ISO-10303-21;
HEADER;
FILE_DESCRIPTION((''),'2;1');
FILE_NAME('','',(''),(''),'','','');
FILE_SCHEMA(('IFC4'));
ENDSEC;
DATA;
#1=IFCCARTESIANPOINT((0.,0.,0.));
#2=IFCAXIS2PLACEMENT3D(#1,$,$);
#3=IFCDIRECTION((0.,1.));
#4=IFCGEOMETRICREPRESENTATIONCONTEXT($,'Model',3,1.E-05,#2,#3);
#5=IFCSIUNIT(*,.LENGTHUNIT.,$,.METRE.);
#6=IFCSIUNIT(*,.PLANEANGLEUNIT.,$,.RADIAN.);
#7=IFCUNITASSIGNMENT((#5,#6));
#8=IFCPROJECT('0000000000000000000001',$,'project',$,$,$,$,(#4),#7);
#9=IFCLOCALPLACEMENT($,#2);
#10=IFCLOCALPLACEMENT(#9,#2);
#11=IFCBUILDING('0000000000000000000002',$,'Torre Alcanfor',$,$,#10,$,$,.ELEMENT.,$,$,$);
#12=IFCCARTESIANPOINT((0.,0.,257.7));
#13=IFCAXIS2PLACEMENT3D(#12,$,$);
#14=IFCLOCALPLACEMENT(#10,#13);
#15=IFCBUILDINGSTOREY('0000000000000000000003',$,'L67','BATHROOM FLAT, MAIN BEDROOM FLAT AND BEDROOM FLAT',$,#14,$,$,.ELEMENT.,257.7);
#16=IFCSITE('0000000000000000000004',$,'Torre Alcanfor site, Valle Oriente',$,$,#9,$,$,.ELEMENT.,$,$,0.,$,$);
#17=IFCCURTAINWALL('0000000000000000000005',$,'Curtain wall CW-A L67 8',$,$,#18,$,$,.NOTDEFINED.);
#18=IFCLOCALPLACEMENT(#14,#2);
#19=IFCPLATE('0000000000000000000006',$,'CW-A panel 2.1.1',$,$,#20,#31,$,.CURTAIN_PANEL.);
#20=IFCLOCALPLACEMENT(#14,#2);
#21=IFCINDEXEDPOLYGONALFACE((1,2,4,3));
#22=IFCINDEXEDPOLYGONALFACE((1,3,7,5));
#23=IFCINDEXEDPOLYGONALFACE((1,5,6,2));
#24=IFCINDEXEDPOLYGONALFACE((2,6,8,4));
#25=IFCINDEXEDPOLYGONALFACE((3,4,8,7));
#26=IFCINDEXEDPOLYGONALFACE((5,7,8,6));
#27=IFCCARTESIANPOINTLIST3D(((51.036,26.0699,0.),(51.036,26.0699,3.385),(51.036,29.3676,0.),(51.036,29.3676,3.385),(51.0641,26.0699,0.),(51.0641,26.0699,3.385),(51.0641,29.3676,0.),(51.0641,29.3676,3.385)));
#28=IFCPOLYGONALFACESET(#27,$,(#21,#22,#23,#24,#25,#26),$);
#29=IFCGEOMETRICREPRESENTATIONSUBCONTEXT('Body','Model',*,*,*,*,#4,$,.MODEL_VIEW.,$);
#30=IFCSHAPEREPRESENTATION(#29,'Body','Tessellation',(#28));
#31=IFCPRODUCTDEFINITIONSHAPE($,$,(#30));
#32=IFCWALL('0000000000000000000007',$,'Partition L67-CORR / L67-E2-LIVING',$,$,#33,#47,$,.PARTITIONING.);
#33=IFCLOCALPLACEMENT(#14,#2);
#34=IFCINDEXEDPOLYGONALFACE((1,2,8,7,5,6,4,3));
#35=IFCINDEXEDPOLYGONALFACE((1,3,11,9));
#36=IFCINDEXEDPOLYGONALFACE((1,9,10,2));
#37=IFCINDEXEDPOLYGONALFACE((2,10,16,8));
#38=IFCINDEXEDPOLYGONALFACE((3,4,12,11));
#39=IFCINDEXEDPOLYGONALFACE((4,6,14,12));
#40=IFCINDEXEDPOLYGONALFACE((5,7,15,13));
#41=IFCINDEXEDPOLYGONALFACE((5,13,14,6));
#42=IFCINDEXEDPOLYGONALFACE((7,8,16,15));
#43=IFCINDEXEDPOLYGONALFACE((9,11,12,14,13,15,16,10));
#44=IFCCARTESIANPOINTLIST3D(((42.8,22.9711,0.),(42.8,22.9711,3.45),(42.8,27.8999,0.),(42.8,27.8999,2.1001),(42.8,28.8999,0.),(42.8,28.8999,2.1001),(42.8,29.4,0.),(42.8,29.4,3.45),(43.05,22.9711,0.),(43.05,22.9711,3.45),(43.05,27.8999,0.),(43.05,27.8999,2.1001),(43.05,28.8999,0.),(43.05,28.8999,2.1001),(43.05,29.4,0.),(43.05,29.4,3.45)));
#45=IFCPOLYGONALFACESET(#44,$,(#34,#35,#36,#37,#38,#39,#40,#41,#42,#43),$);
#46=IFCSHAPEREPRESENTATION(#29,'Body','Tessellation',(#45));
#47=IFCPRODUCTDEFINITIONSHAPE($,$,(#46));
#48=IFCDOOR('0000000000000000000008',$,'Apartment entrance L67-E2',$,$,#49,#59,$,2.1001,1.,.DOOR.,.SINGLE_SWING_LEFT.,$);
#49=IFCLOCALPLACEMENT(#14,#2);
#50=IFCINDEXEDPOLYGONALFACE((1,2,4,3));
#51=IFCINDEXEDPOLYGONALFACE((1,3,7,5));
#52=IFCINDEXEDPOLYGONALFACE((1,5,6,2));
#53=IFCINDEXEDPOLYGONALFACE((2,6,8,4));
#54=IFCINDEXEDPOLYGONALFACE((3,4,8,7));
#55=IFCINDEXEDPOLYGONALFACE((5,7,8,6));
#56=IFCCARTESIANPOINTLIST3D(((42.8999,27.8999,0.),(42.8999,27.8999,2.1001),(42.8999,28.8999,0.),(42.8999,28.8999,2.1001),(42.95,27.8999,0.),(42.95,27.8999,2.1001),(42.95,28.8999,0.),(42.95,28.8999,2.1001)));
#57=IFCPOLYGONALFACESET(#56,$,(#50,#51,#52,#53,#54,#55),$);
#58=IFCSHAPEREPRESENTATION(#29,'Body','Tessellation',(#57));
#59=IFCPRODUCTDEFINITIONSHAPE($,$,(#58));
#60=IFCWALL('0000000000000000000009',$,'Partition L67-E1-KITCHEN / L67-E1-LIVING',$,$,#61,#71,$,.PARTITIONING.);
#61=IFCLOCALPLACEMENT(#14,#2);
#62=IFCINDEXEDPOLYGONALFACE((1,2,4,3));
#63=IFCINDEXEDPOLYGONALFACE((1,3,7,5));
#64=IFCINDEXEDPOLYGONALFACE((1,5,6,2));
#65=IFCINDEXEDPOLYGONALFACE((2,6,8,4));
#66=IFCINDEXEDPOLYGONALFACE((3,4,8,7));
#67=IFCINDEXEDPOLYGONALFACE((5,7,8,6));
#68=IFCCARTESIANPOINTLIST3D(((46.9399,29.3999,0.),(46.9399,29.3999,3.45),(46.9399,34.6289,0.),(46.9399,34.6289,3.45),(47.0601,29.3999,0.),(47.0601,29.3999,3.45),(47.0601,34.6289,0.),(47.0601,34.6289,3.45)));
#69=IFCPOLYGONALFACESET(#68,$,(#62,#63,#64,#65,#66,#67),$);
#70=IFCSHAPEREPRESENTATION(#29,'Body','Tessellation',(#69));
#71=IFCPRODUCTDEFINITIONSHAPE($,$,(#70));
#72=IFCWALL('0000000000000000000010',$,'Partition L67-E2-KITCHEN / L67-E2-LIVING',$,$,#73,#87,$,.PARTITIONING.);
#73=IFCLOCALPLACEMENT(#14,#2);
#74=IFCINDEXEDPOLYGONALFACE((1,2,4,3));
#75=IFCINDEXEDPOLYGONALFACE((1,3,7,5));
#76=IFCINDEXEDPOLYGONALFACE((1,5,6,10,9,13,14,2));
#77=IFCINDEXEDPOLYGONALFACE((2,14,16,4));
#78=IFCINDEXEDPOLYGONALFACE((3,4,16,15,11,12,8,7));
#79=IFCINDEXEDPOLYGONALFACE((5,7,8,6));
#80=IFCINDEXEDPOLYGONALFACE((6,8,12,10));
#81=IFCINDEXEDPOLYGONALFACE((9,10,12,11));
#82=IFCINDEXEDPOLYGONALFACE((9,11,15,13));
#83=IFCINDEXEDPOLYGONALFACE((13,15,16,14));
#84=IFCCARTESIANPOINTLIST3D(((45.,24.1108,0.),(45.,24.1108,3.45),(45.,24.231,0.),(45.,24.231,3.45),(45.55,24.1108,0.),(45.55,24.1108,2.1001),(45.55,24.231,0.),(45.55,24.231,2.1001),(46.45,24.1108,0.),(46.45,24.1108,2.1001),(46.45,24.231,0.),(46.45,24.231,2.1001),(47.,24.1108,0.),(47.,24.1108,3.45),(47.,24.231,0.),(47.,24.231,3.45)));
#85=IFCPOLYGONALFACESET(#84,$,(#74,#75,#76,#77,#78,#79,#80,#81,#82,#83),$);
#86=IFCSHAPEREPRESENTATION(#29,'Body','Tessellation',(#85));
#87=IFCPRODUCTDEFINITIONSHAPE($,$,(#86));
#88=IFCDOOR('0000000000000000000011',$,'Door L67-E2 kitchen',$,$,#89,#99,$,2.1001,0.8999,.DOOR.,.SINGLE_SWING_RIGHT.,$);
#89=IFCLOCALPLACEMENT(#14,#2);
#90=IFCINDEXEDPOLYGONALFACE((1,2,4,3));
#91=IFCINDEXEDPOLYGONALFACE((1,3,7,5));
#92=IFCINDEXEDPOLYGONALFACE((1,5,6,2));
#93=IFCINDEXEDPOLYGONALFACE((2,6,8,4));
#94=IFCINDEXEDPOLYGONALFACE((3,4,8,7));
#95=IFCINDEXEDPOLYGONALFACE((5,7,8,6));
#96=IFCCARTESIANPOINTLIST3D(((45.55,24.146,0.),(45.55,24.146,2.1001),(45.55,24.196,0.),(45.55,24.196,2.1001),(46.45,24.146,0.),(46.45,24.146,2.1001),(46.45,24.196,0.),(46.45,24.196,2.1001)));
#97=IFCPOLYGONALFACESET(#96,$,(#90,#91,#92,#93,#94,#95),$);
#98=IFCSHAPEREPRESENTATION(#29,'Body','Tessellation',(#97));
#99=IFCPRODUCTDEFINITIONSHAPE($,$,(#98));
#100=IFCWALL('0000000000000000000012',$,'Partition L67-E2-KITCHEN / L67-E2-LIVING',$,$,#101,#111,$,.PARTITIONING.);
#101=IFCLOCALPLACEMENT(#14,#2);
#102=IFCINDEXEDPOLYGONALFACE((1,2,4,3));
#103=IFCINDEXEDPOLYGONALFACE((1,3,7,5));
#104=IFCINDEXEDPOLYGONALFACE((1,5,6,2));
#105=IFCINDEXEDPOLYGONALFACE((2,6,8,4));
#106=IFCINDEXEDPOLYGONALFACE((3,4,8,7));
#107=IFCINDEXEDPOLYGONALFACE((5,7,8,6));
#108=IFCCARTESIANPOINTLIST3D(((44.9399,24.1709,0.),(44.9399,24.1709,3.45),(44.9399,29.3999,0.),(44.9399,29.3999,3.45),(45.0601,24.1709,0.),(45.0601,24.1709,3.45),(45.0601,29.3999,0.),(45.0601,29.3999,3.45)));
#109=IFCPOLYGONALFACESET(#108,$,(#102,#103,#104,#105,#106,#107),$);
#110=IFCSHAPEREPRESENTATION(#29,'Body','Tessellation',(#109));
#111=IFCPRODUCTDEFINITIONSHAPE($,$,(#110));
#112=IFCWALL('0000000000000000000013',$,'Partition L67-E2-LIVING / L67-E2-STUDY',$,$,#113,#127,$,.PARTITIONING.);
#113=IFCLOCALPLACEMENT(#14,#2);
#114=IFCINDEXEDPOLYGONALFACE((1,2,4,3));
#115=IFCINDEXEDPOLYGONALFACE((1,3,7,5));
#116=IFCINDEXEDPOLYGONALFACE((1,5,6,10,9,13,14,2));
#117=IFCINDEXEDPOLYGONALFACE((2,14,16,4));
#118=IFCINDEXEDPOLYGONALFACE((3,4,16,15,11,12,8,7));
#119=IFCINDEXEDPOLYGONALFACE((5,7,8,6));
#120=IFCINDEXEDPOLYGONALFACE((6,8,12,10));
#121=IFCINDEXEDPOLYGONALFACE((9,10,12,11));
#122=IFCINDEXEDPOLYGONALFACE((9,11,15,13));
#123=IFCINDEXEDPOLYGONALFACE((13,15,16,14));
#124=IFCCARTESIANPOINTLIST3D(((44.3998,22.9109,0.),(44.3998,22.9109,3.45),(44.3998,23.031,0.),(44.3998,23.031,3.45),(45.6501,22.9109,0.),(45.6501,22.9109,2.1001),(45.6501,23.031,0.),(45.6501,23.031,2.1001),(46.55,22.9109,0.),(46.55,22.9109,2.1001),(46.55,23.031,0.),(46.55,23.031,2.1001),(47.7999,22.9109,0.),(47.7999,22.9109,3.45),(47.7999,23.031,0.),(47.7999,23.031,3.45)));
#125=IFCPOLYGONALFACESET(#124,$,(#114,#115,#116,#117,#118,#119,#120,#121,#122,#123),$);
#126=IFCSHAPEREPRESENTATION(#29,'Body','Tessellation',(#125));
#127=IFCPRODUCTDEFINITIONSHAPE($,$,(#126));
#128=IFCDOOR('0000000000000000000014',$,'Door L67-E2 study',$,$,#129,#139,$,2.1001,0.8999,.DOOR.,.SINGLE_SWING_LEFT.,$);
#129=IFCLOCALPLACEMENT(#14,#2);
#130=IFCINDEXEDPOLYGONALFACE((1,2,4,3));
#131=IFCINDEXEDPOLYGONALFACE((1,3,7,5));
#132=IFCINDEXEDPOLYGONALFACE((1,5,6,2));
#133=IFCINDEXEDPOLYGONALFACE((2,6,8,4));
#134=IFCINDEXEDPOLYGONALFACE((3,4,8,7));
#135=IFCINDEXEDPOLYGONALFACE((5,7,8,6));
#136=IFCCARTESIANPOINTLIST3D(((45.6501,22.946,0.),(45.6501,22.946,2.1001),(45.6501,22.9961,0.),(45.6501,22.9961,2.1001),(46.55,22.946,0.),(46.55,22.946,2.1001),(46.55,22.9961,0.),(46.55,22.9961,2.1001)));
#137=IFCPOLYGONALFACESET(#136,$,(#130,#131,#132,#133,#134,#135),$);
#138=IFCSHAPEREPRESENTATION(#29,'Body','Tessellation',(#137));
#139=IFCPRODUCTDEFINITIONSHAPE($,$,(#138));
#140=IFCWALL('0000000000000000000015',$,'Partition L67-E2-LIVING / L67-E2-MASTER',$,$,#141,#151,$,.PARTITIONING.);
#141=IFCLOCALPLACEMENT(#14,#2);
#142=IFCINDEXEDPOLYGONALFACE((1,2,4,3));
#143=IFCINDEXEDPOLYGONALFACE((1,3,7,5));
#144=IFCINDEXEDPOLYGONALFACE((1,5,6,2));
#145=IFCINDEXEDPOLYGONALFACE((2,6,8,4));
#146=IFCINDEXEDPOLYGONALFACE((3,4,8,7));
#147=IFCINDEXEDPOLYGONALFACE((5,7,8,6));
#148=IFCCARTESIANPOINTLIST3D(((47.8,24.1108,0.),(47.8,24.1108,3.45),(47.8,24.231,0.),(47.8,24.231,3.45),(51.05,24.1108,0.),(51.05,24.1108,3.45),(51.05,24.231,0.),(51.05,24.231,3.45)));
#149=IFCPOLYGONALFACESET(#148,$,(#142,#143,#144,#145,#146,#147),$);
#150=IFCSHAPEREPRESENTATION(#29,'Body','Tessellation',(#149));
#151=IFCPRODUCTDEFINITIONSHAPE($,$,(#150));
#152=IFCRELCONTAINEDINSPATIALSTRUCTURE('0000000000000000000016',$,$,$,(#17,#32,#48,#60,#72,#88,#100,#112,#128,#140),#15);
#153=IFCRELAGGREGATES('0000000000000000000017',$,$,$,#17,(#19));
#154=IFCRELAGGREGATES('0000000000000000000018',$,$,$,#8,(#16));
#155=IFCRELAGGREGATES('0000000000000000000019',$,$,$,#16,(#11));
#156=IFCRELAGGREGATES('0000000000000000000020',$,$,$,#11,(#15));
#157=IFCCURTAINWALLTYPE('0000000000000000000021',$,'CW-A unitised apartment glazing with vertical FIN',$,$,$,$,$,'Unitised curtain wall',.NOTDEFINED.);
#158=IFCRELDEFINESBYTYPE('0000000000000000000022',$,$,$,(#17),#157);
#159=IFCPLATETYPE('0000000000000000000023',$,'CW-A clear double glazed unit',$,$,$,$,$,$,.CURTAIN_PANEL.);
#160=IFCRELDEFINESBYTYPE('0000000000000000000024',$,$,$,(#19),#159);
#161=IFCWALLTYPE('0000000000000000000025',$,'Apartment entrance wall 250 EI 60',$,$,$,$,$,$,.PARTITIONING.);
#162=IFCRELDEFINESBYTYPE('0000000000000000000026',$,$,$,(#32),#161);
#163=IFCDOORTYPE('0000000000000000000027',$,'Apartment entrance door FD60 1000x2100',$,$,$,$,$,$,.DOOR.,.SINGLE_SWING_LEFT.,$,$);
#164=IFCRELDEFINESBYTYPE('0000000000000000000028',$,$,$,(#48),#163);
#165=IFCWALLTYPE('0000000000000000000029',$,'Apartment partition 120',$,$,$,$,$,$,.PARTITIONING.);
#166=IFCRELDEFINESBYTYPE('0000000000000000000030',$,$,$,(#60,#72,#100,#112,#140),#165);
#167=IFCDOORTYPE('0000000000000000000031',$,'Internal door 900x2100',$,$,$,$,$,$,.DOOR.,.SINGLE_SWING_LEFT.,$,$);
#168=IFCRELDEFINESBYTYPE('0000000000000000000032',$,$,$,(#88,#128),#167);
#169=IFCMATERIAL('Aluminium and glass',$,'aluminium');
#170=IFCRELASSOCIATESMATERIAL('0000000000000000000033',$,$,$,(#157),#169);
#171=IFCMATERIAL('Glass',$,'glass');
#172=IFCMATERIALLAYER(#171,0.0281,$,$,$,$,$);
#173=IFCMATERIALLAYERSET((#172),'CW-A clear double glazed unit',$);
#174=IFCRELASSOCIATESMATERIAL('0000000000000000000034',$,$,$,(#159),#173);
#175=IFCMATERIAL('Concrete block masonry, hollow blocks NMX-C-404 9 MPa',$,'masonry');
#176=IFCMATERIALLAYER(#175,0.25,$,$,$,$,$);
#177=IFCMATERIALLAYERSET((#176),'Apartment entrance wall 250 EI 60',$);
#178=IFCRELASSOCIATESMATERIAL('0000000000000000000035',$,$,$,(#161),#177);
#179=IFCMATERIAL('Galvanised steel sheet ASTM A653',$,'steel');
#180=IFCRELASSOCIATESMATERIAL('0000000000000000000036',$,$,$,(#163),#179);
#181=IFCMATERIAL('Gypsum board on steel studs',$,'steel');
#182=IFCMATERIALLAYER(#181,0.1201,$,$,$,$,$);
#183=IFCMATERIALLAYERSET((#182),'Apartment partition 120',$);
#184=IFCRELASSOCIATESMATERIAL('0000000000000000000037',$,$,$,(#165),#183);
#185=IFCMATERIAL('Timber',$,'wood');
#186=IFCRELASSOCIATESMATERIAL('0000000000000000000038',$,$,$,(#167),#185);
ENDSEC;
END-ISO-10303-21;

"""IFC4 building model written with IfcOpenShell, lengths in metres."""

from ifc_helpers import new_model, si_unit, direction, frame, frame_2d, origin, origin_2d, place, context, subcontext, project, spatial, rectangle, extrude, material, layer, layer_set, type_object, element, fill, aggregate, save


model = new_model("IFC4")

# Units and contexts
model_context = context("Model", 3, precision=1e-05, world=origin(), true_north=direction((0.0, 1.0)))
body_context = subcontext(model_context, "Body", "Model", "MODEL_VIEW")
ifc_project = project(units=[si_unit("LENGTHUNIT", "METRE"), si_unit("PLANEANGLEUNIT", "RADIAN")], contexts=[model_context])

# Site, building, storey
site_placement = place(None, origin())
site = spatial("IfcSite", under=ifc_project, at=site_placement, Name="Torre Alcanfor site, Valle Oriente", CompositionType="ELEMENT", RefElevation=0.0)
building_placement = place(site_placement, origin())
building = spatial("IfcBuilding", under=site, at=building_placement, Name="Torre Alcanfor", CompositionType="ELEMENT")
storey_placement = place(building_placement, frame((0.0, 0.0, 257.7)))
storey = spatial("IfcBuildingStorey", under=building, at=storey_placement, Name="L67", Description="BATHROOM FLAT, MAIN BEDROOM FLAT AND BEDROOM FLAT", CompositionType="ELEMENT", Elevation=257.7)

# Curtain wall
ifc_material_1 = material(Name="Aluminium and glass", Category="aluminium")
curtain_wall_type = type_object("IfcCurtainWallType", Name="CW-A unitised apartment glazing with vertical FIN", ElementType="Unitised curtain wall", PredefinedType="NOTDEFINED", material=ifc_material_1)
curtain_wall_placement = place(storey_placement, origin())
curtain_wall = element("IfcCurtainWall", 1, at=curtain_wall_placement, inside=storey, type_object=curtain_wall_type, Name="Curtain wall CW-A L67 8", PredefinedType="NOTDEFINED")

# Plate
ifc_material_2 = material(Name="Glass", Category="glass")
ifc_layer_1 = layer(ifc_material_2, 0.0281)
ifc_layer_set_1 = layer_set([ifc_layer_1], Name="CW-A clear double glazed unit")
plate_type = type_object("IfcPlateType", Name="CW-A clear double glazed unit", PredefinedType="CURTAIN_PANEL", material=ifc_layer_set_1)
plate_placement = place(storey_placement, frame((51.05, 27.7188, 0.0), z_axis=(0.0, 0.0, 1.0), x_axis=(0.0, 1.0, 0.0)))
plate = element("IfcPlate", 2, at=plate_placement, type_object=plate_type, Name="CW-A panel 2.1.1", PredefinedType="CURTAIN_PANEL", context=body_context, shape_type="SweptSolid", body=[
    extrude(rectangle(XDim=3.2976, YDim=0.0281, at=origin_2d()), origin(), (0.0, 0.0, 1.0), 3.385),
])
aggregate(curtain_wall, [plate])

# Wall, opening, door
ifc_material_3 = material(Name="Concrete block masonry, hollow blocks NMX-C-404 9 MPa", Category="masonry")
ifc_layer_2 = layer(ifc_material_3, 0.25)
ifc_layer_set_2 = layer_set([ifc_layer_2], Name="Apartment entrance wall 250 EI 60")
wall_type_1 = type_object("IfcWallType", Name="Apartment entrance wall 250 EI 60", PredefinedType="PARTITIONING", material=ifc_layer_set_2)
wall_1_placement = place(storey_placement, frame((42.925, 29.3999, 0.0), z_axis=(0.0, 0.0, 1.0), x_axis=(0.0, -1.0, 0.0)))
wall_1 = element("IfcWall", 3, at=wall_1_placement, inside=storey, type_object=wall_type_1, Name="Partition L67-CORR / L67-E2-LIVING", PredefinedType="PARTITIONING", context=body_context, shape_type="SweptSolid", body=[
    extrude(rectangle(XDim=6.429, YDim=0.25, at=frame_2d((3.2144, 0.0))), origin(), (0.0, 0.0, 1.0), 3.45),
])
opening_1_placement = place(wall_1_placement, frame((0.5, 0.0, 0.0)))
opening_1 = element("IfcOpeningElement", 4, at=opening_1_placement, cuts=wall_1, PredefinedType="OPENING", context=body_context, shape_type="SweptSolid", body=[
    extrude(rectangle(XDim=1.0, YDim=2.1001, at=frame_2d((0.5, 1.05))), frame((0.0, 0.135, 0.0), z_axis=(0.0, -1.0, 0.0), x_axis=(1.0, 0.0, 0.0)), (0.0, 0.0, 1.0), 0.27),
])
ifc_material_4 = material(Name="Galvanised steel sheet ASTM A653", Category="steel")
door_type_1 = type_object("IfcDoorType", Name="Apartment entrance door FD60 1000x2100", OperationType="SINGLE_SWING_LEFT", PredefinedType="DOOR", material=ifc_material_4)
door_1_placement = place(opening_1_placement, origin())
door_1 = element("IfcDoor", 5, at=door_1_placement, inside=storey, type_object=door_type_1, Name="Apartment entrance L67-E2", OperationType="SINGLE_SWING_LEFT", OverallHeight=2.1001, OverallWidth=1.0, PredefinedType="DOOR", context=body_context, shape_type="SweptSolid", body=[
    extrude(rectangle(XDim=1.0, YDim=2.1001, at=frame_2d((0.5, 1.05))), frame((0.0, 0.0249, 0.0), z_axis=(0.0, -1.0, 0.0), x_axis=(1.0, 0.0, 0.0)), (0.0, 0.0, 1.0), 0.05),
])
fill(opening_1, door_1)

# Wall
ifc_material_5 = material(Name="Gypsum board on steel studs", Category="steel")
ifc_layer_3 = layer(ifc_material_5, 0.1201)
ifc_layer_set_3 = layer_set([ifc_layer_3], Name="Apartment partition 120")
wall_type_2 = type_object("IfcWallType", Name="Apartment partition 120", PredefinedType="PARTITIONING", material=ifc_layer_set_3)
wall_2_placement = place(storey_placement, frame((47.0, 29.3999, 0.0), z_axis=(0.0, 0.0, 1.0), x_axis=(0.0, 1.0, 0.0)))
element("IfcWall", 6, at=wall_2_placement, inside=storey, type_object=wall_type_2, Name="Partition L67-E1-KITCHEN / L67-E1-LIVING", PredefinedType="PARTITIONING", context=body_context, shape_type="SweptSolid", body=[
    extrude(rectangle(XDim=5.229, YDim=0.1201, at=frame_2d((2.6145, 0.0))), origin(), (0.0, 0.0, 1.0), 3.45),
])

# Wall, opening, door
wall_3_placement = place(storey_placement, frame((47.0, 24.1709, 0.0), z_axis=(0.0, 0.0, 1.0), x_axis=(-1.0, 0.0, 0.0)))
wall_3 = element("IfcWall", 7, at=wall_3_placement, inside=storey, type_object=wall_type_2, Name="Partition L67-E2-KITCHEN / L67-E2-LIVING", PredefinedType="PARTITIONING", context=body_context, shape_type="SweptSolid", body=[
    extrude(rectangle(XDim=2.0, YDim=0.1201, at=frame_2d((1.0, 0.0))), origin(), (0.0, 0.0, 1.0), 3.45),
])
opening_2_placement = place(wall_3_placement, frame((0.55, 0.0, 0.0)))
opening_2 = element("IfcOpeningElement", 8, at=opening_2_placement, cuts=wall_3, PredefinedType="OPENING", context=body_context, shape_type="SweptSolid", body=[
    extrude(rectangle(XDim=0.8999, YDim=2.1001, at=frame_2d((0.45, 1.05))), frame((0.0, 0.0701, 0.0), z_axis=(0.0, -1.0, 0.0), x_axis=(1.0, 0.0, 0.0)), (0.0, 0.0, 1.0), 0.1401),
])
ifc_material_6 = material(Name="Timber", Category="wood")
door_type_2 = type_object("IfcDoorType", Name="Internal door 900x2100", OperationType="SINGLE_SWING_LEFT", PredefinedType="DOOR", material=ifc_material_6)
door_2_placement = place(opening_2_placement, frame((0.8999, 0.0, 0.0), z_axis=(0.0, 0.0, 1.0), x_axis=(-1.0, 0.0, 0.0)))
door_2 = element("IfcDoor", 9, at=door_2_placement, inside=storey, type_object=door_type_2, Name="Door L67-E2 kitchen", OperationType="SINGLE_SWING_RIGHT", OverallHeight=2.1001, OverallWidth=0.8999, PredefinedType="DOOR", context=body_context, shape_type="SweptSolid", body=[
    extrude(rectangle(XDim=0.8999, YDim=2.1001, at=frame_2d((0.45, 1.05))), frame((0.0, 0.0251, 0.0), z_axis=(0.0, -1.0, 0.0), x_axis=(1.0, 0.0, 0.0)), (0.0, 0.0, 1.0), 0.05),
])
fill(opening_2, door_2)

# Wall
wall_4_placement = place(storey_placement, frame((45.0, 24.1709, 0.0), z_axis=(0.0, 0.0, 1.0), x_axis=(0.0, 1.0, 0.0)))
element("IfcWall", 10, at=wall_4_placement, inside=storey, type_object=wall_type_2, Name="Partition L67-E2-KITCHEN / L67-E2-LIVING", PredefinedType="PARTITIONING", context=body_context, shape_type="SweptSolid", body=[
    extrude(rectangle(XDim=5.229, YDim=0.1201, at=frame_2d((2.6145, 0.0))), origin(), (0.0, 0.0, 1.0), 3.45),
])

# Wall, opening, door
wall_5_placement = place(storey_placement, frame((47.8, 22.9709, 0.0), z_axis=(0.0, 0.0, 1.0), x_axis=(-1.0, 0.0, 0.0)))
wall_5 = element("IfcWall", 11, at=wall_5_placement, inside=storey, type_object=wall_type_2, Name="Partition L67-E2-LIVING / L67-E2-STUDY", PredefinedType="PARTITIONING", context=body_context, shape_type="SweptSolid", body=[
    extrude(rectangle(XDim=3.4001, YDim=0.1201, at=frame_2d((1.7002, 0.0))), origin(), (0.0, 0.0, 1.0), 3.45),
])
opening_3_placement = place(wall_5_placement, frame((1.25, 0.0, 0.0)))
opening_3 = element("IfcOpeningElement", 12, at=opening_3_placement, cuts=wall_5, PredefinedType="OPENING", context=body_context, shape_type="SweptSolid", body=[
    extrude(rectangle(XDim=0.8999, YDim=2.1001, at=frame_2d((0.45, 1.05))), frame((0.0, 0.0701, 0.0), z_axis=(0.0, -1.0, 0.0), x_axis=(1.0, 0.0, 0.0)), (0.0, 0.0, 1.0), 0.1401),
])
door_3_placement = place(opening_3_placement, origin())
door_3 = element("IfcDoor", 13, at=door_3_placement, inside=storey, type_object=door_type_2, Name="Door L67-E2 study", OperationType="SINGLE_SWING_LEFT", OverallHeight=2.1001, OverallWidth=0.8999, PredefinedType="DOOR", context=body_context, shape_type="SweptSolid", body=[
    extrude(rectangle(XDim=0.8999, YDim=2.1001, at=frame_2d((0.45, 1.05))), frame((0.0, 0.0249, 0.0), z_axis=(0.0, -1.0, 0.0), x_axis=(1.0, 0.0, 0.0)), (0.0, 0.0, 1.0), 0.05),
])
fill(opening_3, door_3)

# Wall
wall_6_placement = place(storey_placement, frame((51.05, 24.1709, 0.0), z_axis=(0.0, 0.0, 1.0), x_axis=(-1.0, 0.0, 0.0)))
element("IfcWall", 14, at=wall_6_placement, inside=storey, type_object=wall_type_2, Name="Partition L67-E2-LIVING / L67-E2-MASTER", PredefinedType="PARTITIONING", context=body_context, shape_type="SweptSolid", body=[
    extrude(rectangle(XDim=3.25, YDim=0.1201, at=frame_2d((1.625, 0.0))), origin(), (0.0, 0.0, 1.0), 3.45),
])

save(model, "model.ifc")
